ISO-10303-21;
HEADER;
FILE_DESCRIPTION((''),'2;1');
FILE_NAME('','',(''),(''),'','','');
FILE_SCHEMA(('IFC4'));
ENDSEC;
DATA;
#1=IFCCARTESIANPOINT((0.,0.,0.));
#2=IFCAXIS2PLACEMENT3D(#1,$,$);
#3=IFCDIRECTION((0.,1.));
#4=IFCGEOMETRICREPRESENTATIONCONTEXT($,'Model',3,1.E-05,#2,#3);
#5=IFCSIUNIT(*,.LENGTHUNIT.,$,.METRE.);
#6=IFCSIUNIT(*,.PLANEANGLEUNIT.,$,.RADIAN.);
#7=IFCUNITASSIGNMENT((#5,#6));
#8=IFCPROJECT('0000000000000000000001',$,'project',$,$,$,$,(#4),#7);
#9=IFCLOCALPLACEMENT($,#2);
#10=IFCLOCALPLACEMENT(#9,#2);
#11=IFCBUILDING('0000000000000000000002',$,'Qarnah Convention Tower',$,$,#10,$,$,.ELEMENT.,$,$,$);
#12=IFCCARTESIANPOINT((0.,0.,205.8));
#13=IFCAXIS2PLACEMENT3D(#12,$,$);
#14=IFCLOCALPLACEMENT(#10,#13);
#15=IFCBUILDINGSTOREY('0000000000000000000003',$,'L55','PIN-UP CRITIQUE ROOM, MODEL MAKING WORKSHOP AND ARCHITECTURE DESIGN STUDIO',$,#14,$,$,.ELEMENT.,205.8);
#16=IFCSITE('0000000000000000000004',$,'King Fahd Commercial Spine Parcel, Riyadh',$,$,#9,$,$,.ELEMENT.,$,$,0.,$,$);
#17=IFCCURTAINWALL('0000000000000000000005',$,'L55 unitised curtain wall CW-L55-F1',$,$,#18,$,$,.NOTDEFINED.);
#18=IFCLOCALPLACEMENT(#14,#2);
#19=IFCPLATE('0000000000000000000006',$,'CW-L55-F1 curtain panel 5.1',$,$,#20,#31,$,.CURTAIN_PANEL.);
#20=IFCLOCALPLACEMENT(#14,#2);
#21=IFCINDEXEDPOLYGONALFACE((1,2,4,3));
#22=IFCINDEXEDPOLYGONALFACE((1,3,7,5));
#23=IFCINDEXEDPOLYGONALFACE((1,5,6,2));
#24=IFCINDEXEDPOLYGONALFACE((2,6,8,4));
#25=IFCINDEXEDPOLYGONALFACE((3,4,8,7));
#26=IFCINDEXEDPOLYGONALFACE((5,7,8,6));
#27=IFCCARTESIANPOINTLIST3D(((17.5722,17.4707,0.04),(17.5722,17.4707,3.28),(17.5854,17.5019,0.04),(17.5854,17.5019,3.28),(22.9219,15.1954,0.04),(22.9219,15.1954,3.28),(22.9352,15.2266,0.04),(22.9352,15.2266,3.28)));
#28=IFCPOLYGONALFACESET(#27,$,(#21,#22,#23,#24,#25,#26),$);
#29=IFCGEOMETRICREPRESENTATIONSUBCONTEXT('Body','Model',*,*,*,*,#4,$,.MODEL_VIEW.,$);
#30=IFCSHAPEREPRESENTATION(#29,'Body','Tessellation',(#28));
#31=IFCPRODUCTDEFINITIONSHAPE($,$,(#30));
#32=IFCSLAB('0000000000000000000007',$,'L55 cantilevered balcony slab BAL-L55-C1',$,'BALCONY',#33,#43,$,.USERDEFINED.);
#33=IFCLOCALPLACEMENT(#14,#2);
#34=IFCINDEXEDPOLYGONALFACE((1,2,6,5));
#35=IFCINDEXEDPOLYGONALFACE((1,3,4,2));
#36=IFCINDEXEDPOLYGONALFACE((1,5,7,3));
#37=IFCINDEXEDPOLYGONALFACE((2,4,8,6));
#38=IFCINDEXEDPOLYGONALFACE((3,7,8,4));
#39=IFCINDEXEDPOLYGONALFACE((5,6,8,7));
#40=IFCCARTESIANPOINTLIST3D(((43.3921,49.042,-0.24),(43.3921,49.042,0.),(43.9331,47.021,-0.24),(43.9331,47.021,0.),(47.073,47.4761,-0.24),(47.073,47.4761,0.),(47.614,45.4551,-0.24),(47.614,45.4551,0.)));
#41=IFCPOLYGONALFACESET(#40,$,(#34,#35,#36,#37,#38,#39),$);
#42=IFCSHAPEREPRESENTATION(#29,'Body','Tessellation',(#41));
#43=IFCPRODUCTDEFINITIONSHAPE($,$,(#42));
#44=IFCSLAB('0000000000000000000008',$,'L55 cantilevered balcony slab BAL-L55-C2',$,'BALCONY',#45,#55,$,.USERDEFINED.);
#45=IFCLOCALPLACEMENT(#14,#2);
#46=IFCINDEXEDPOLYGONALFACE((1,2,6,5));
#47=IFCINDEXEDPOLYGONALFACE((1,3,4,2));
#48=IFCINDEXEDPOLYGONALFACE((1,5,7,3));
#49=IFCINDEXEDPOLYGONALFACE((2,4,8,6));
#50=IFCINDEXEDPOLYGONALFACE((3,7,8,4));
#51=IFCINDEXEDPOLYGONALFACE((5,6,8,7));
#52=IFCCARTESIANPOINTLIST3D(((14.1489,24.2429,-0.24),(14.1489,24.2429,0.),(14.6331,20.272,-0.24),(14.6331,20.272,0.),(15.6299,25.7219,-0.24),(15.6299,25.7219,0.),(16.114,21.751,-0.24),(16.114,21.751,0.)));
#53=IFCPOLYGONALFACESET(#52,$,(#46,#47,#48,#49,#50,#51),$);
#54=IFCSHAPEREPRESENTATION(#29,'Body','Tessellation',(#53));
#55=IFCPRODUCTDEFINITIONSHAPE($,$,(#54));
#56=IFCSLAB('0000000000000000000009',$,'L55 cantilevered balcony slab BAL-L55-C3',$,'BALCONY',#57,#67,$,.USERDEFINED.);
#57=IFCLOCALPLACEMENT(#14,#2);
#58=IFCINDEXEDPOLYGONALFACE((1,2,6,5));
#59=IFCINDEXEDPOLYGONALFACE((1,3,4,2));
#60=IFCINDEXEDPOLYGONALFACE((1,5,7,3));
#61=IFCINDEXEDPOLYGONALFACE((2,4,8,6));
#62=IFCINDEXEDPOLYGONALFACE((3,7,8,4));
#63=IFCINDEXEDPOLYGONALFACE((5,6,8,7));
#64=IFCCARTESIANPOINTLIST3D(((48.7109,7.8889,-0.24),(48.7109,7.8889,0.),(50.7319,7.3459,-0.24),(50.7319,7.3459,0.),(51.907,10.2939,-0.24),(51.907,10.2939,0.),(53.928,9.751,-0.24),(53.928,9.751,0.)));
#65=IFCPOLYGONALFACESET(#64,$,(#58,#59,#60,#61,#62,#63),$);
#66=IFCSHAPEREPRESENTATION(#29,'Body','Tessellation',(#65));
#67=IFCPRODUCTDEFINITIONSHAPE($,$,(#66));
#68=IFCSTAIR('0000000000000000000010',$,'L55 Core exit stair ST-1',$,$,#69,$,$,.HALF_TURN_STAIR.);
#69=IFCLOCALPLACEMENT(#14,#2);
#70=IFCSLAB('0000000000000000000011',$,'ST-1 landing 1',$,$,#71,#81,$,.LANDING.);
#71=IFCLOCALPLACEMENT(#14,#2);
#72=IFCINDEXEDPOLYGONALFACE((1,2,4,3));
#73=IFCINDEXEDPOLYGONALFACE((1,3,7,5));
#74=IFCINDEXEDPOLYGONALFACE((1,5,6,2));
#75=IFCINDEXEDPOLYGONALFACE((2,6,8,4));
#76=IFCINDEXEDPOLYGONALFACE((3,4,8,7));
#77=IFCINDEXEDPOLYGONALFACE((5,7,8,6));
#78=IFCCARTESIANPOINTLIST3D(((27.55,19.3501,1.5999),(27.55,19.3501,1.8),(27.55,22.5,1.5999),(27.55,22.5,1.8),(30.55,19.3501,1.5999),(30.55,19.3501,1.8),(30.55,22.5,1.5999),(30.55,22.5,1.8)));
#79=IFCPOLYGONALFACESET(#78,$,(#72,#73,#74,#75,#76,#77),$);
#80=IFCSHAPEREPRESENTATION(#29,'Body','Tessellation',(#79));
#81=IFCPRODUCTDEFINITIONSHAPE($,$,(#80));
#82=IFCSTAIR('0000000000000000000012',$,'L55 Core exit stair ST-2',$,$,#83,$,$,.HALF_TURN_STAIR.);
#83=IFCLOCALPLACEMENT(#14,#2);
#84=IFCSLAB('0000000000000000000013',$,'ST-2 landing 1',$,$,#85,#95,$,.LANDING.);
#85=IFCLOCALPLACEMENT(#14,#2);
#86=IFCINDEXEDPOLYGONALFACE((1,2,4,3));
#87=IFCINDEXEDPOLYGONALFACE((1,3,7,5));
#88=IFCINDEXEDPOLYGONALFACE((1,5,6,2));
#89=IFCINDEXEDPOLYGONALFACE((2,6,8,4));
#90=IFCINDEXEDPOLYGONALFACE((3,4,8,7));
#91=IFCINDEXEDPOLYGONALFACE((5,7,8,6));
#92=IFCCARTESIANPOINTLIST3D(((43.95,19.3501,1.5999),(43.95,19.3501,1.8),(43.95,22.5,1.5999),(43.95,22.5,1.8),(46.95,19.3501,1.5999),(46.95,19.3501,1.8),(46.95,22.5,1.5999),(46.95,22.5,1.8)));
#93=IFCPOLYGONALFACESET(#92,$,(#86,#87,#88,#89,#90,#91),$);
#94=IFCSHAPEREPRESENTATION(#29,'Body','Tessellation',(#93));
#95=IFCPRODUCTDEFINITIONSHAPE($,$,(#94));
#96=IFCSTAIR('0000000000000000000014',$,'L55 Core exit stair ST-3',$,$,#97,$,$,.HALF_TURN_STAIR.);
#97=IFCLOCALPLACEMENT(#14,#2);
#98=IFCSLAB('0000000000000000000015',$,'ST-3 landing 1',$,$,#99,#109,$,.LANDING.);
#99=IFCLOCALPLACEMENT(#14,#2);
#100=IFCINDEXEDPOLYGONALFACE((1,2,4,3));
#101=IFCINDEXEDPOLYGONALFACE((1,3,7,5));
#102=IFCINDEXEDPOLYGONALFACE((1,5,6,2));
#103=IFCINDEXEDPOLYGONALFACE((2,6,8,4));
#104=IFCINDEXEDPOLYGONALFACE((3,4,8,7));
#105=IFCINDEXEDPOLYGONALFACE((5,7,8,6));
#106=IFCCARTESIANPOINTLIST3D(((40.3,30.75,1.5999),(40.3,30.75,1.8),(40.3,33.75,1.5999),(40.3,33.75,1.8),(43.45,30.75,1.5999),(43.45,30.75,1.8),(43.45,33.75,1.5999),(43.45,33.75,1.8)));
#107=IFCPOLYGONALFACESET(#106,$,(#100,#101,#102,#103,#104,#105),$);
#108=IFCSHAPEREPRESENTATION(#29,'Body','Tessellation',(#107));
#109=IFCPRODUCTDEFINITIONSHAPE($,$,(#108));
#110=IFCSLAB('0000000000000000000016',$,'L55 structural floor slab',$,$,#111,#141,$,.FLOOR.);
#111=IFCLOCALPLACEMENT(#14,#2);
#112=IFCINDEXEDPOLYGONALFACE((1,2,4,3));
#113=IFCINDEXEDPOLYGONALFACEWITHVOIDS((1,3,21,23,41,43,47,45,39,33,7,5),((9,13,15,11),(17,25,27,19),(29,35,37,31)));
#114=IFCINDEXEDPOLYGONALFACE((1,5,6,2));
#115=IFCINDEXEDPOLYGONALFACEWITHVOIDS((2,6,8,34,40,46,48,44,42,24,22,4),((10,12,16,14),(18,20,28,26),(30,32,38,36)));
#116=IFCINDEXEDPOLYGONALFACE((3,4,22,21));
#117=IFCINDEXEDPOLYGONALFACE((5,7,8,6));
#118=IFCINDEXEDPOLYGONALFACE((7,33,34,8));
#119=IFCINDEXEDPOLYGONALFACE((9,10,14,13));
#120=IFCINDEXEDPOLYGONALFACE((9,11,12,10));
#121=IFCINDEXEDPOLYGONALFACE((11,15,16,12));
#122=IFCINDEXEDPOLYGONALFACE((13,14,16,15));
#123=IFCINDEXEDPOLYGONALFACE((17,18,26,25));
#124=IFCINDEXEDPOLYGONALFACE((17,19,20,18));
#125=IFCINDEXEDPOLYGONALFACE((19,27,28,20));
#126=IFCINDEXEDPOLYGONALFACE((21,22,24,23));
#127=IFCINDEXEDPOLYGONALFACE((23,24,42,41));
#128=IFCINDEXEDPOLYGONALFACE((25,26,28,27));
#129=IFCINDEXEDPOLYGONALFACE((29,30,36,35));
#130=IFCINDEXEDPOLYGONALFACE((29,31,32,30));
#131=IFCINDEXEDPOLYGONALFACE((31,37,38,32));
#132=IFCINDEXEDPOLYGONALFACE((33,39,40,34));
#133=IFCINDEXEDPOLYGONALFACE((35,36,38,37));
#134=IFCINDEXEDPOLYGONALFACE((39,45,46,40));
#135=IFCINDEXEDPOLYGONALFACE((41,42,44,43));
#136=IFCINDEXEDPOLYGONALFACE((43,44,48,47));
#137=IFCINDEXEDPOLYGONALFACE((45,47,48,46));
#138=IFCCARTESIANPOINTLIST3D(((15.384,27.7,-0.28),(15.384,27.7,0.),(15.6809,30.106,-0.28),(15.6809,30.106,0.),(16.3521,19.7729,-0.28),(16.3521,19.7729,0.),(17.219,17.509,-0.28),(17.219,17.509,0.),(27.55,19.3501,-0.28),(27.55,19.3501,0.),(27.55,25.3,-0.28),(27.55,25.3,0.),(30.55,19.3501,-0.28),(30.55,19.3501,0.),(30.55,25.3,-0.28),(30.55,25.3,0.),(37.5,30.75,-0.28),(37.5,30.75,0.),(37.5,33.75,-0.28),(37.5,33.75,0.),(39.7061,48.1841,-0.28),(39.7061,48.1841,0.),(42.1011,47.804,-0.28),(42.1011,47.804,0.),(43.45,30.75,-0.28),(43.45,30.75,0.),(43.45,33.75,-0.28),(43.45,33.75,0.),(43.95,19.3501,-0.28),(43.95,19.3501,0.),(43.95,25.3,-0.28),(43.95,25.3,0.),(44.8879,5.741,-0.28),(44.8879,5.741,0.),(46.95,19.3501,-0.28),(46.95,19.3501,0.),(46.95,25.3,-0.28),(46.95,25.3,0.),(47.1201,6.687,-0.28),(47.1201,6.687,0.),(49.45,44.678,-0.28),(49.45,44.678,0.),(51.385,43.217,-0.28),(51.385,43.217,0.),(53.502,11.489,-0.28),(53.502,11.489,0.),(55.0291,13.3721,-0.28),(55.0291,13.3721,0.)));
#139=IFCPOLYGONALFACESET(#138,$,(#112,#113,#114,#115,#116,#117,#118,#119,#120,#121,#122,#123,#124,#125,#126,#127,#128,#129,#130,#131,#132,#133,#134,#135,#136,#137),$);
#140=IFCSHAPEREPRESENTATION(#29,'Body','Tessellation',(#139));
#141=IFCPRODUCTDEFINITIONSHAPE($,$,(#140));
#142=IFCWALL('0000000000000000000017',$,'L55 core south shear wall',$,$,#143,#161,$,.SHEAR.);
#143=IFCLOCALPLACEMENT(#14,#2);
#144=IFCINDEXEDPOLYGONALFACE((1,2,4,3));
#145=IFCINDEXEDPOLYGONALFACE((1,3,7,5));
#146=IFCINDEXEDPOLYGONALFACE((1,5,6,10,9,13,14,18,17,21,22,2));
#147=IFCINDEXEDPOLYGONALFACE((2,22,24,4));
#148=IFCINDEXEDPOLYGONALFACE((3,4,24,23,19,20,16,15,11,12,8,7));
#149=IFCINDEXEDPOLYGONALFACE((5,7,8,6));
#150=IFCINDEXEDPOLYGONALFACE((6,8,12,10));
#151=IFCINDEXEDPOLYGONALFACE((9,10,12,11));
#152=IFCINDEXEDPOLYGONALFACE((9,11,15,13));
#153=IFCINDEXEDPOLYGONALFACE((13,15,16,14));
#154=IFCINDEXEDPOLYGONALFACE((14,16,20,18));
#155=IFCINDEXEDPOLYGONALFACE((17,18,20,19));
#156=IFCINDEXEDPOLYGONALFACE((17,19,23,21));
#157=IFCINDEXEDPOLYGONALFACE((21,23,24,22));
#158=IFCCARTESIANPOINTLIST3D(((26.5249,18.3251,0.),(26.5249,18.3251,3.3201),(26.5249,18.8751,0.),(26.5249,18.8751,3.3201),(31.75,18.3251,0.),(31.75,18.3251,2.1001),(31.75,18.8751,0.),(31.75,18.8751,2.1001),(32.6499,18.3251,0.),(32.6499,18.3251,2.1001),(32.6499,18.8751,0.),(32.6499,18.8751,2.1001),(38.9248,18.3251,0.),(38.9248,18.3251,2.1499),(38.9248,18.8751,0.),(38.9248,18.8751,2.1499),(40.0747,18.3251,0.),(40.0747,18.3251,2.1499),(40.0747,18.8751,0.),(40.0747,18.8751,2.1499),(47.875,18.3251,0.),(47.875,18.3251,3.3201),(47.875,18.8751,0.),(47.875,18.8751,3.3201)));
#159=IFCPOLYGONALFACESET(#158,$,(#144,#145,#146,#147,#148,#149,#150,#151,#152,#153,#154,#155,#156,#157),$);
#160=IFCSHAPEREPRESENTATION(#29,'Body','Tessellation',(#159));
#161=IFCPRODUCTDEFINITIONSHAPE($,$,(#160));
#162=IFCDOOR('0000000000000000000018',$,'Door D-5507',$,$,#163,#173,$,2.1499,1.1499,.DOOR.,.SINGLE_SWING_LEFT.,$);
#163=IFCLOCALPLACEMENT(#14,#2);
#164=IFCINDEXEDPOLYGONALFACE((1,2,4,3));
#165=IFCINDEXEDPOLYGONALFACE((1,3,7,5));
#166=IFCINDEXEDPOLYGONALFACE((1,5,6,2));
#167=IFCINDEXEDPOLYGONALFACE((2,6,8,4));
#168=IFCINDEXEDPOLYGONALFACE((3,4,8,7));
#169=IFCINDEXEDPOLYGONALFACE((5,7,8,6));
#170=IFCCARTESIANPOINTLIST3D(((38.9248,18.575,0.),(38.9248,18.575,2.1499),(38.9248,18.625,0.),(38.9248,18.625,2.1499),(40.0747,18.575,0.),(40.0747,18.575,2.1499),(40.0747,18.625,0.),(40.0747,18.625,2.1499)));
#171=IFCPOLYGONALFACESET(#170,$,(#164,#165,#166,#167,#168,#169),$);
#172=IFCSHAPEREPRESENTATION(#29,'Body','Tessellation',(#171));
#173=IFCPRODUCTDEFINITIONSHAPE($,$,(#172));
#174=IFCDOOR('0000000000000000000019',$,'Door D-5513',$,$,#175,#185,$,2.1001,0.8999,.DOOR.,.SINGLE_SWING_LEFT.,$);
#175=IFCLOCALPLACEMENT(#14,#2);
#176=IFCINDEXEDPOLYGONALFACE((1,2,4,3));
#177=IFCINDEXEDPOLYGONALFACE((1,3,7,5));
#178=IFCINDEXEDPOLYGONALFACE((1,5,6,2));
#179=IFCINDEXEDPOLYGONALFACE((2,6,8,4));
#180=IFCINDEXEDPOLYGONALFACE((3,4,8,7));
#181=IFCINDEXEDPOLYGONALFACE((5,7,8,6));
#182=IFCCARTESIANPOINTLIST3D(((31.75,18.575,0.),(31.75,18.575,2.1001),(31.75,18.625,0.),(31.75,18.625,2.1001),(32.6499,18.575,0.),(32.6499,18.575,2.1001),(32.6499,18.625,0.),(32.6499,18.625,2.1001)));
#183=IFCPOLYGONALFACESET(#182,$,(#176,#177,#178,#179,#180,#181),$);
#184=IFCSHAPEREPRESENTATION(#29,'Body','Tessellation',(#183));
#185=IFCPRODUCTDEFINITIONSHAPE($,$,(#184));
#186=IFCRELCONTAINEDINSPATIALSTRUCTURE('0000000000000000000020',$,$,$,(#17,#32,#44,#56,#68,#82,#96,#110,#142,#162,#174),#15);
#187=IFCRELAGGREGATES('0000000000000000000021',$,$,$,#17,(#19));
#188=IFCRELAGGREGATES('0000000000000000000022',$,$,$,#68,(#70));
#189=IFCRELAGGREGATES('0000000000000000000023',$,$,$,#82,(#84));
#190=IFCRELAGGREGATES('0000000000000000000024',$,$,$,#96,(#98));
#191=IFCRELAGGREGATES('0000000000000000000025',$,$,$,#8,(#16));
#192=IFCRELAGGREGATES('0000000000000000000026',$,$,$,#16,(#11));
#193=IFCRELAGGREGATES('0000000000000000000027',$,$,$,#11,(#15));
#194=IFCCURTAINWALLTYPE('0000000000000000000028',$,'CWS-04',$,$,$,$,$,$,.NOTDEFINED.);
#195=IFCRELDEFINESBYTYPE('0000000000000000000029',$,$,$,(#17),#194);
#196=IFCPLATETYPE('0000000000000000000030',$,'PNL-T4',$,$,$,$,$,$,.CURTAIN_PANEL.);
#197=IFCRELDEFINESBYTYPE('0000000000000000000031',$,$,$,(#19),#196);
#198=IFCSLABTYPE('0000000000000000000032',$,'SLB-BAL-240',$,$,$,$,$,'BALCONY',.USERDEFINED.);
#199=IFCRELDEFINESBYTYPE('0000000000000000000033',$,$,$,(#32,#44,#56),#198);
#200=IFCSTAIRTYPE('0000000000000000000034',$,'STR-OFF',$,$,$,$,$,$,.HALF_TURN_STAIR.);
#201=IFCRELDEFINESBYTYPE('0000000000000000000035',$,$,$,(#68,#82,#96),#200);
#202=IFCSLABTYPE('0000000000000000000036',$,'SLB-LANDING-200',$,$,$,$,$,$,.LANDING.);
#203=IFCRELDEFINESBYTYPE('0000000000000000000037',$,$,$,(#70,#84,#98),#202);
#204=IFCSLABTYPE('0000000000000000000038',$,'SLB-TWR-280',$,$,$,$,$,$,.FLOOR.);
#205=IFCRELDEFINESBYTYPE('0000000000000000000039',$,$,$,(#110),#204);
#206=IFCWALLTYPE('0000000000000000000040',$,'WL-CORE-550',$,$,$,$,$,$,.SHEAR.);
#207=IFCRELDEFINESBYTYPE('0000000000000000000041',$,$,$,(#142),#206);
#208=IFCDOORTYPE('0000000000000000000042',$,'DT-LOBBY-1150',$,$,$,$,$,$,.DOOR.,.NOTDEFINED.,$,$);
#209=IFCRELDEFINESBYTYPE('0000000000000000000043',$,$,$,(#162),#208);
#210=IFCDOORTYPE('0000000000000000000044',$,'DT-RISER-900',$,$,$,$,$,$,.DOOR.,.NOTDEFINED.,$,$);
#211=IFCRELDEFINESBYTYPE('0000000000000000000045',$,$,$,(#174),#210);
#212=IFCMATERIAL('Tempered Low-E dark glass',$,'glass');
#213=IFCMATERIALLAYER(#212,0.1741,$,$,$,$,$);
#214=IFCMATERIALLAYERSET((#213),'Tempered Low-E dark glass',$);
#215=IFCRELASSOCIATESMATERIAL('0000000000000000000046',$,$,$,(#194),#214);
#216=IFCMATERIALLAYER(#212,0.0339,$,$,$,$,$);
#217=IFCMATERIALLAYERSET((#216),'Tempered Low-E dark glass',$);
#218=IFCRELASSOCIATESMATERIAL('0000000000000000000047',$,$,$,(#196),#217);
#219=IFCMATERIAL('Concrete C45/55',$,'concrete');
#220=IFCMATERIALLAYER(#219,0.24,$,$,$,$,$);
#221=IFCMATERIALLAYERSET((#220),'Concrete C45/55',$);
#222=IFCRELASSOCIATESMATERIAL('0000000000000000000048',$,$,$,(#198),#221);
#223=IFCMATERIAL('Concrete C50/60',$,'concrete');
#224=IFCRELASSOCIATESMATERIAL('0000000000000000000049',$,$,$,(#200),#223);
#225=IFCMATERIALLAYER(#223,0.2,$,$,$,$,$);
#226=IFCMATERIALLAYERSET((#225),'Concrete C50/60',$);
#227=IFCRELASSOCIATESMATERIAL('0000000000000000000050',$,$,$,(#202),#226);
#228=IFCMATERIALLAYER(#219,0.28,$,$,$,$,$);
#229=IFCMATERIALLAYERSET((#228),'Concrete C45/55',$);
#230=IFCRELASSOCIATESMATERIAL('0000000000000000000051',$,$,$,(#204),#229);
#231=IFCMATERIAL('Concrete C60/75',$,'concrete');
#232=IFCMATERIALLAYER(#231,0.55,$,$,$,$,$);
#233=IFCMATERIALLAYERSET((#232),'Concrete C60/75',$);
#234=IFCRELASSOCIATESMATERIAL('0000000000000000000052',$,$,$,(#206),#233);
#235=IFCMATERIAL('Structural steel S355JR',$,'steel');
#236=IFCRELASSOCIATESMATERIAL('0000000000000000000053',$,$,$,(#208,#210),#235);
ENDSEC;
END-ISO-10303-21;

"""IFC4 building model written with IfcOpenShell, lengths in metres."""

from ifc_helpers import new_model, si_unit, direction, frame, frame_2d, origin, origin_2d, place, context, subcontext, project, spatial, polyline, rectangle, outline, extrude, material, layer, layer_set, type_object, element, fill, aggregate, save


model = new_model("IFC4")

# Units and contexts
model_context = context("Model", 3, precision=1e-05, world=origin(), true_north=direction((0.0, 1.0)))
body_context = subcontext(model_context, "Body", "Model", "MODEL_VIEW")
ifc_project = project(units=[si_unit("LENGTHUNIT", "METRE"), si_unit("PLANEANGLEUNIT", "RADIAN")], contexts=[model_context])

# Site, building, storey
site_placement = place(None, origin())
site = spatial("IfcSite", under=ifc_project, at=site_placement, Name="King Fahd Commercial Spine Parcel, Riyadh", CompositionType="ELEMENT", RefElevation=0.0)
building_placement = place(site_placement, origin())
building = spatial("IfcBuilding", under=site, at=building_placement, Name="Qarnah Convention Tower", CompositionType="ELEMENT")
storey_placement = place(building_placement, frame((0.0, 0.0, 205.8)))
storey = spatial("IfcBuildingStorey", under=building, at=storey_placement, Name="L55", Description="PIN-UP CRITIQUE ROOM, MODEL MAKING WORKSHOP AND ARCHITECTURE DESIGN STUDIO", CompositionType="ELEMENT", Elevation=205.8)

# Shared definitions
ifc_material_1 = material(Name="Concrete C50/60", Category="concrete")

# Shared definitions
ifc_material_2 = material(Name="Structural steel S355JR", Category="steel")

# Curtain wall, plate
ifc_material_3 = material(Name="Tempered Low-E dark glass", Category="glass")
ifc_layer_1 = layer(ifc_material_3, 0.1741)
ifc_layer_set_1 = layer_set([ifc_layer_1], Name="Tempered Low-E dark glass")
curtain_wall_type = type_object("IfcCurtainWallType", Name="CWS-04", PredefinedType="NOTDEFINED", material=ifc_layer_set_1)
curtain_wall_placement = place(storey_placement, origin())
curtain_wall = element("IfcCurtainWall", 1, at=curtain_wall_placement, inside=storey, type_object=curtain_wall_type, Name="L55 unitised curtain wall CW-L55-F1", PredefinedType="NOTDEFINED")
ifc_layer_2 = layer(ifc_material_3, 0.0339)
ifc_layer_set_2 = layer_set([ifc_layer_2], Name="Tempered Low-E dark glass")
plate_type = type_object("IfcPlateType", Name="PNL-T4", PredefinedType="CURTAIN_PANEL", material=ifc_layer_set_2)
plate_1_placement = place(storey_placement, frame((20.2537, 16.3486, 0.04), z_axis=(0.0, 0.0, 1.0), x_axis=(-0.92023, 0.391378, 0.0)))
plate_1 = element("IfcPlate", 2, at=plate_1_placement, type_object=plate_type, Name="CW-L55-F1 curtain panel 5.1", PredefinedType="CURTAIN_PANEL", context=body_context, shape_type="SweptSolid", body=[
    extrude(rectangle(XDim=5.8135, YDim=0.0339, at=origin_2d()), origin(), (0.0, 0.0, 1.0), 3.24),
])
aggregate(curtain_wall, [plate_1])

# Slabs
ifc_material_4 = material(Name="Concrete C45/55", Category="concrete")
ifc_layer_3 = layer(ifc_material_4, 0.24)
ifc_layer_set_3 = layer_set([ifc_layer_3], Name="Concrete C45/55")
slab_type_1 = type_object("IfcSlabType", Name="SLB-BAL-240", ElementType="BALCONY", PredefinedType="USERDEFINED", material=ifc_layer_set_3)
slab_1_placement = place(storey_placement, frame((0.0, 0.0, -0.24)))
element("IfcSlab", 3, at=slab_1_placement, inside=storey, type_object=slab_type_1, Name="L55 cantilevered balcony slab BAL-L55-C1", ObjectType="BALCONY", PredefinedType="USERDEFINED", context=body_context, shape_type="SweptSolid", body=[
    extrude(outline(polyline([(43.3921, 49.042), (47.073, 47.4761), (47.614, 45.4551), (43.9331, 47.021), (43.3921, 49.042)])), origin(), (0.0, 0.0, 1.0), 0.24),
])
slab_2_placement = place(storey_placement, frame((0.0, 0.0, -0.24)))
element("IfcSlab", 4, at=slab_2_placement, inside=storey, type_object=slab_type_1, Name="L55 cantilevered balcony slab BAL-L55-C2", ObjectType="BALCONY", PredefinedType="USERDEFINED", context=body_context, shape_type="SweptSolid", body=[
    extrude(outline(polyline([(14.6331, 20.272), (14.1489, 24.2429), (15.6299, 25.7219), (16.114, 21.751), (14.6331, 20.272)])), origin(), (0.0, 0.0, 1.0), 0.24),
])
slab_3_placement = place(storey_placement, frame((0.0, 0.0, -0.24)))
element("IfcSlab", 5, at=slab_3_placement, inside=storey, type_object=slab_type_1, Name="L55 cantilevered balcony slab BAL-L55-C3", ObjectType="BALCONY", PredefinedType="USERDEFINED", context=body_context, shape_type="SweptSolid", body=[
    extrude(outline(polyline([(53.928, 9.751), (50.7319, 7.3459), (48.7109, 7.8889), (51.907, 10.2939), (53.928, 9.751)])), origin(), (0.0, 0.0, 1.0), 0.24),
])

# Stairs, slabs
stair_type = type_object("IfcStairType", Name="STR-OFF", PredefinedType="HALF_TURN_STAIR", material=ifc_material_1)
stair_1_placement = place(storey_placement, origin())
stair_1 = element("IfcStair", 6, at=stair_1_placement, inside=storey, type_object=stair_type, Name="L55 Core exit stair ST-1", PredefinedType="HALF_TURN_STAIR")
ifc_layer_4 = layer(ifc_material_1, 0.2)
ifc_layer_set_4 = layer_set([ifc_layer_4], Name="Concrete C50/60")
slab_type_2 = type_object("IfcSlabType", Name="SLB-LANDING-200", PredefinedType="LANDING", material=ifc_layer_set_4)
slab_4_placement = place(storey_placement, frame((0.0, 0.0, 1.5999)))
slab_4 = element("IfcSlab", 7, at=slab_4_placement, type_object=slab_type_2, Name="ST-1 landing 1", PredefinedType="LANDING", context=body_context, shape_type="SweptSolid", body=[
    extrude(outline(polyline([(27.55, 22.5), (27.55, 19.3501), (30.55, 19.3501), (30.55, 22.5), (27.55, 22.5)])), origin(), (0.0, 0.0, 1.0), 0.2002),
])
aggregate(stair_1, [slab_4])
stair_2_placement = place(storey_placement, origin())
stair_2 = element("IfcStair", 8, at=stair_2_placement, inside=storey, type_object=stair_type, Name="L55 Core exit stair ST-2", PredefinedType="HALF_TURN_STAIR")
slab_5_placement = place(storey_placement, frame((0.0, 0.0, 1.5999)))
slab_5 = element("IfcSlab", 9, at=slab_5_placement, type_object=slab_type_2, Name="ST-2 landing 1", PredefinedType="LANDING", context=body_context, shape_type="SweptSolid", body=[
    extrude(outline(polyline([(43.95, 22.5), (43.95, 19.3501), (46.95, 19.3501), (46.95, 22.5), (43.95, 22.5)])), origin(), (0.0, 0.0, 1.0), 0.2002),
])
aggregate(stair_2, [slab_5])
stair_3_placement = place(storey_placement, origin())
stair_3 = element("IfcStair", 10, at=stair_3_placement, inside=storey, type_object=stair_type, Name="L55 Core exit stair ST-3", PredefinedType="HALF_TURN_STAIR")
slab_6_placement = place(storey_placement, frame((0.0, 0.0, 1.5999)))
slab_6 = element("IfcSlab", 11, at=slab_6_placement, type_object=slab_type_2, Name="ST-3 landing 1", PredefinedType="LANDING", context=body_context, shape_type="SweptSolid", body=[
    extrude(outline(polyline([(40.3, 30.75), (43.45, 30.75), (43.45, 33.75), (40.3, 33.75), (40.3, 30.75)])), origin(), (0.0, 0.0, 1.0), 0.2002),
])
aggregate(stair_3, [slab_6])

# Slab
ifc_layer_5 = layer(ifc_material_4, 0.28)
ifc_layer_set_5 = layer_set([ifc_layer_5], Name="Concrete C45/55")
slab_type_3 = type_object("IfcSlabType", Name="SLB-TWR-280", PredefinedType="FLOOR", material=ifc_layer_set_5)
slab_7_placement = place(storey_placement, frame((0.0, 0.0, -0.28)))
element("IfcSlab", 12, at=slab_7_placement, inside=storey, type_object=slab_type_3, Name="L55 structural floor slab", PredefinedType="FLOOR", context=body_context, shape_type="SweptSolid", body=[
    extrude(outline(polyline([(39.7061, 48.1841), (15.6809, 30.106), (15.384, 27.7), (16.3521, 19.7729), (17.219, 17.509), (44.8879, 5.741), (47.1201, 6.687), (53.502, 11.489), (55.0291, 13.3721), (51.385, 43.217), (49.45, 44.678), (42.1011, 47.804), (39.7061, 48.1841)]), holes=[polyline([(27.55, 25.3), (27.55, 19.3501), (30.55, 19.3501), (30.55, 25.3), (27.55, 25.3)]), polyline([(43.95, 25.3), (43.95, 19.3501), (46.95, 19.3501), (46.95, 25.3), (43.95, 25.3)]), polyline([(37.5, 30.75), (43.45, 30.75), (43.45, 33.75), (37.5, 33.75), (37.5, 30.75)])]), origin(), (0.0, 0.0, 1.0), 0.28),
])

# Wall, openings, doors
ifc_material_5 = material(Name="Concrete C60/75", Category="concrete")
ifc_layer_6 = layer(ifc_material_5, 0.55)
ifc_layer_set_6 = layer_set([ifc_layer_6], Name="Concrete C60/75")
wall_type_1 = type_object("IfcWallType", Name="WL-CORE-550", PredefinedType="SHEAR", material=ifc_layer_set_6)
wall_1_placement = place(storey_placement, frame((26.5249, 18.6001, 0.0), z_axis=(0.0, 0.0, 1.0), x_axis=(1.0, 0.0, 0.0)))
wall_1 = element("IfcWall", 13, at=wall_1_placement, inside=storey, type_object=wall_type_1, Name="L55 core south shear wall", PredefinedType="SHEAR", context=body_context, shape_type="SweptSolid", body=[
    extrude(rectangle(XDim=21.3501, YDim=0.55, at=frame_2d((10.675, 0.0))), origin(), (0.0, 0.0, 1.0), 3.3201),
])
opening_1_placement = place(wall_1_placement, frame((12.3999, 0.0, 0.0)))
opening_1 = element("IfcOpeningElement", 14, at=opening_1_placement, cuts=wall_1, PredefinedType="OPENING", context=body_context, shape_type="SweptSolid", body=[
    extrude(rectangle(XDim=1.1499, YDim=2.1499, at=frame_2d((0.575, 1.075))), frame((0.0, 0.2849, 0.0), z_axis=(0.0, -1.0, 0.0), x_axis=(1.0, 0.0, 0.0)), (0.0, 0.0, 1.0), 0.5701),
])
opening_2_placement = place(wall_1_placement, frame((5.2251, 0.0, 0.0)))
opening_2 = element("IfcOpeningElement", 15, at=opening_2_placement, cuts=wall_1, PredefinedType="OPENING", context=body_context, shape_type="SweptSolid", body=[
    extrude(rectangle(XDim=0.8999, YDim=2.1001, at=frame_2d((0.45, 1.05))), frame((0.0, 0.2849, 0.0), z_axis=(0.0, -1.0, 0.0), x_axis=(1.0, 0.0, 0.0)), (0.0, 0.0, 1.0), 0.5701),
])
door_type_1 = type_object("IfcDoorType", Name="DT-LOBBY-1150", OperationType="NOTDEFINED", PredefinedType="DOOR", material=ifc_material_2)
door_1_placement = place(opening_1_placement, origin())
door_1 = element("IfcDoor", 16, at=door_1_placement, inside=storey, type_object=door_type_1, Name="Door D-5507", OperationType="SINGLE_SWING_LEFT", OverallHeight=2.1499, OverallWidth=1.1499, PredefinedType="DOOR", context=body_context, shape_type="SweptSolid", body=[
    extrude(rectangle(XDim=1.1499, YDim=2.1499, at=frame_2d((0.575, 1.075))), frame((0.0, 0.0249, 0.0), z_axis=(0.0, -1.0, 0.0), x_axis=(1.0, 0.0, 0.0)), (0.0, 0.0, 1.0), 0.05),
])
fill(opening_1, door_1)
door_type_2 = type_object("IfcDoorType", Name="DT-RISER-900", OperationType="NOTDEFINED", PredefinedType="DOOR", material=ifc_material_2)
door_2_placement = place(opening_2_placement, origin())
door_2 = element("IfcDoor", 17, at=door_2_placement, inside=storey, type_object=door_type_2, Name="Door D-5513", OperationType="SINGLE_SWING_LEFT", OverallHeight=2.1001, OverallWidth=0.8999, PredefinedType="DOOR", context=body_context, shape_type="SweptSolid", body=[
    extrude(rectangle(XDim=0.8999, YDim=2.1001, at=frame_2d((0.45, 1.05))), frame((0.0, 0.0249, 0.0), z_axis=(0.0, -1.0, 0.0), x_axis=(1.0, 0.0, 0.0)), (0.0, 0.0, 1.0), 0.05),
])
fill(opening_2, door_2)

save(model, "model.ifc")
